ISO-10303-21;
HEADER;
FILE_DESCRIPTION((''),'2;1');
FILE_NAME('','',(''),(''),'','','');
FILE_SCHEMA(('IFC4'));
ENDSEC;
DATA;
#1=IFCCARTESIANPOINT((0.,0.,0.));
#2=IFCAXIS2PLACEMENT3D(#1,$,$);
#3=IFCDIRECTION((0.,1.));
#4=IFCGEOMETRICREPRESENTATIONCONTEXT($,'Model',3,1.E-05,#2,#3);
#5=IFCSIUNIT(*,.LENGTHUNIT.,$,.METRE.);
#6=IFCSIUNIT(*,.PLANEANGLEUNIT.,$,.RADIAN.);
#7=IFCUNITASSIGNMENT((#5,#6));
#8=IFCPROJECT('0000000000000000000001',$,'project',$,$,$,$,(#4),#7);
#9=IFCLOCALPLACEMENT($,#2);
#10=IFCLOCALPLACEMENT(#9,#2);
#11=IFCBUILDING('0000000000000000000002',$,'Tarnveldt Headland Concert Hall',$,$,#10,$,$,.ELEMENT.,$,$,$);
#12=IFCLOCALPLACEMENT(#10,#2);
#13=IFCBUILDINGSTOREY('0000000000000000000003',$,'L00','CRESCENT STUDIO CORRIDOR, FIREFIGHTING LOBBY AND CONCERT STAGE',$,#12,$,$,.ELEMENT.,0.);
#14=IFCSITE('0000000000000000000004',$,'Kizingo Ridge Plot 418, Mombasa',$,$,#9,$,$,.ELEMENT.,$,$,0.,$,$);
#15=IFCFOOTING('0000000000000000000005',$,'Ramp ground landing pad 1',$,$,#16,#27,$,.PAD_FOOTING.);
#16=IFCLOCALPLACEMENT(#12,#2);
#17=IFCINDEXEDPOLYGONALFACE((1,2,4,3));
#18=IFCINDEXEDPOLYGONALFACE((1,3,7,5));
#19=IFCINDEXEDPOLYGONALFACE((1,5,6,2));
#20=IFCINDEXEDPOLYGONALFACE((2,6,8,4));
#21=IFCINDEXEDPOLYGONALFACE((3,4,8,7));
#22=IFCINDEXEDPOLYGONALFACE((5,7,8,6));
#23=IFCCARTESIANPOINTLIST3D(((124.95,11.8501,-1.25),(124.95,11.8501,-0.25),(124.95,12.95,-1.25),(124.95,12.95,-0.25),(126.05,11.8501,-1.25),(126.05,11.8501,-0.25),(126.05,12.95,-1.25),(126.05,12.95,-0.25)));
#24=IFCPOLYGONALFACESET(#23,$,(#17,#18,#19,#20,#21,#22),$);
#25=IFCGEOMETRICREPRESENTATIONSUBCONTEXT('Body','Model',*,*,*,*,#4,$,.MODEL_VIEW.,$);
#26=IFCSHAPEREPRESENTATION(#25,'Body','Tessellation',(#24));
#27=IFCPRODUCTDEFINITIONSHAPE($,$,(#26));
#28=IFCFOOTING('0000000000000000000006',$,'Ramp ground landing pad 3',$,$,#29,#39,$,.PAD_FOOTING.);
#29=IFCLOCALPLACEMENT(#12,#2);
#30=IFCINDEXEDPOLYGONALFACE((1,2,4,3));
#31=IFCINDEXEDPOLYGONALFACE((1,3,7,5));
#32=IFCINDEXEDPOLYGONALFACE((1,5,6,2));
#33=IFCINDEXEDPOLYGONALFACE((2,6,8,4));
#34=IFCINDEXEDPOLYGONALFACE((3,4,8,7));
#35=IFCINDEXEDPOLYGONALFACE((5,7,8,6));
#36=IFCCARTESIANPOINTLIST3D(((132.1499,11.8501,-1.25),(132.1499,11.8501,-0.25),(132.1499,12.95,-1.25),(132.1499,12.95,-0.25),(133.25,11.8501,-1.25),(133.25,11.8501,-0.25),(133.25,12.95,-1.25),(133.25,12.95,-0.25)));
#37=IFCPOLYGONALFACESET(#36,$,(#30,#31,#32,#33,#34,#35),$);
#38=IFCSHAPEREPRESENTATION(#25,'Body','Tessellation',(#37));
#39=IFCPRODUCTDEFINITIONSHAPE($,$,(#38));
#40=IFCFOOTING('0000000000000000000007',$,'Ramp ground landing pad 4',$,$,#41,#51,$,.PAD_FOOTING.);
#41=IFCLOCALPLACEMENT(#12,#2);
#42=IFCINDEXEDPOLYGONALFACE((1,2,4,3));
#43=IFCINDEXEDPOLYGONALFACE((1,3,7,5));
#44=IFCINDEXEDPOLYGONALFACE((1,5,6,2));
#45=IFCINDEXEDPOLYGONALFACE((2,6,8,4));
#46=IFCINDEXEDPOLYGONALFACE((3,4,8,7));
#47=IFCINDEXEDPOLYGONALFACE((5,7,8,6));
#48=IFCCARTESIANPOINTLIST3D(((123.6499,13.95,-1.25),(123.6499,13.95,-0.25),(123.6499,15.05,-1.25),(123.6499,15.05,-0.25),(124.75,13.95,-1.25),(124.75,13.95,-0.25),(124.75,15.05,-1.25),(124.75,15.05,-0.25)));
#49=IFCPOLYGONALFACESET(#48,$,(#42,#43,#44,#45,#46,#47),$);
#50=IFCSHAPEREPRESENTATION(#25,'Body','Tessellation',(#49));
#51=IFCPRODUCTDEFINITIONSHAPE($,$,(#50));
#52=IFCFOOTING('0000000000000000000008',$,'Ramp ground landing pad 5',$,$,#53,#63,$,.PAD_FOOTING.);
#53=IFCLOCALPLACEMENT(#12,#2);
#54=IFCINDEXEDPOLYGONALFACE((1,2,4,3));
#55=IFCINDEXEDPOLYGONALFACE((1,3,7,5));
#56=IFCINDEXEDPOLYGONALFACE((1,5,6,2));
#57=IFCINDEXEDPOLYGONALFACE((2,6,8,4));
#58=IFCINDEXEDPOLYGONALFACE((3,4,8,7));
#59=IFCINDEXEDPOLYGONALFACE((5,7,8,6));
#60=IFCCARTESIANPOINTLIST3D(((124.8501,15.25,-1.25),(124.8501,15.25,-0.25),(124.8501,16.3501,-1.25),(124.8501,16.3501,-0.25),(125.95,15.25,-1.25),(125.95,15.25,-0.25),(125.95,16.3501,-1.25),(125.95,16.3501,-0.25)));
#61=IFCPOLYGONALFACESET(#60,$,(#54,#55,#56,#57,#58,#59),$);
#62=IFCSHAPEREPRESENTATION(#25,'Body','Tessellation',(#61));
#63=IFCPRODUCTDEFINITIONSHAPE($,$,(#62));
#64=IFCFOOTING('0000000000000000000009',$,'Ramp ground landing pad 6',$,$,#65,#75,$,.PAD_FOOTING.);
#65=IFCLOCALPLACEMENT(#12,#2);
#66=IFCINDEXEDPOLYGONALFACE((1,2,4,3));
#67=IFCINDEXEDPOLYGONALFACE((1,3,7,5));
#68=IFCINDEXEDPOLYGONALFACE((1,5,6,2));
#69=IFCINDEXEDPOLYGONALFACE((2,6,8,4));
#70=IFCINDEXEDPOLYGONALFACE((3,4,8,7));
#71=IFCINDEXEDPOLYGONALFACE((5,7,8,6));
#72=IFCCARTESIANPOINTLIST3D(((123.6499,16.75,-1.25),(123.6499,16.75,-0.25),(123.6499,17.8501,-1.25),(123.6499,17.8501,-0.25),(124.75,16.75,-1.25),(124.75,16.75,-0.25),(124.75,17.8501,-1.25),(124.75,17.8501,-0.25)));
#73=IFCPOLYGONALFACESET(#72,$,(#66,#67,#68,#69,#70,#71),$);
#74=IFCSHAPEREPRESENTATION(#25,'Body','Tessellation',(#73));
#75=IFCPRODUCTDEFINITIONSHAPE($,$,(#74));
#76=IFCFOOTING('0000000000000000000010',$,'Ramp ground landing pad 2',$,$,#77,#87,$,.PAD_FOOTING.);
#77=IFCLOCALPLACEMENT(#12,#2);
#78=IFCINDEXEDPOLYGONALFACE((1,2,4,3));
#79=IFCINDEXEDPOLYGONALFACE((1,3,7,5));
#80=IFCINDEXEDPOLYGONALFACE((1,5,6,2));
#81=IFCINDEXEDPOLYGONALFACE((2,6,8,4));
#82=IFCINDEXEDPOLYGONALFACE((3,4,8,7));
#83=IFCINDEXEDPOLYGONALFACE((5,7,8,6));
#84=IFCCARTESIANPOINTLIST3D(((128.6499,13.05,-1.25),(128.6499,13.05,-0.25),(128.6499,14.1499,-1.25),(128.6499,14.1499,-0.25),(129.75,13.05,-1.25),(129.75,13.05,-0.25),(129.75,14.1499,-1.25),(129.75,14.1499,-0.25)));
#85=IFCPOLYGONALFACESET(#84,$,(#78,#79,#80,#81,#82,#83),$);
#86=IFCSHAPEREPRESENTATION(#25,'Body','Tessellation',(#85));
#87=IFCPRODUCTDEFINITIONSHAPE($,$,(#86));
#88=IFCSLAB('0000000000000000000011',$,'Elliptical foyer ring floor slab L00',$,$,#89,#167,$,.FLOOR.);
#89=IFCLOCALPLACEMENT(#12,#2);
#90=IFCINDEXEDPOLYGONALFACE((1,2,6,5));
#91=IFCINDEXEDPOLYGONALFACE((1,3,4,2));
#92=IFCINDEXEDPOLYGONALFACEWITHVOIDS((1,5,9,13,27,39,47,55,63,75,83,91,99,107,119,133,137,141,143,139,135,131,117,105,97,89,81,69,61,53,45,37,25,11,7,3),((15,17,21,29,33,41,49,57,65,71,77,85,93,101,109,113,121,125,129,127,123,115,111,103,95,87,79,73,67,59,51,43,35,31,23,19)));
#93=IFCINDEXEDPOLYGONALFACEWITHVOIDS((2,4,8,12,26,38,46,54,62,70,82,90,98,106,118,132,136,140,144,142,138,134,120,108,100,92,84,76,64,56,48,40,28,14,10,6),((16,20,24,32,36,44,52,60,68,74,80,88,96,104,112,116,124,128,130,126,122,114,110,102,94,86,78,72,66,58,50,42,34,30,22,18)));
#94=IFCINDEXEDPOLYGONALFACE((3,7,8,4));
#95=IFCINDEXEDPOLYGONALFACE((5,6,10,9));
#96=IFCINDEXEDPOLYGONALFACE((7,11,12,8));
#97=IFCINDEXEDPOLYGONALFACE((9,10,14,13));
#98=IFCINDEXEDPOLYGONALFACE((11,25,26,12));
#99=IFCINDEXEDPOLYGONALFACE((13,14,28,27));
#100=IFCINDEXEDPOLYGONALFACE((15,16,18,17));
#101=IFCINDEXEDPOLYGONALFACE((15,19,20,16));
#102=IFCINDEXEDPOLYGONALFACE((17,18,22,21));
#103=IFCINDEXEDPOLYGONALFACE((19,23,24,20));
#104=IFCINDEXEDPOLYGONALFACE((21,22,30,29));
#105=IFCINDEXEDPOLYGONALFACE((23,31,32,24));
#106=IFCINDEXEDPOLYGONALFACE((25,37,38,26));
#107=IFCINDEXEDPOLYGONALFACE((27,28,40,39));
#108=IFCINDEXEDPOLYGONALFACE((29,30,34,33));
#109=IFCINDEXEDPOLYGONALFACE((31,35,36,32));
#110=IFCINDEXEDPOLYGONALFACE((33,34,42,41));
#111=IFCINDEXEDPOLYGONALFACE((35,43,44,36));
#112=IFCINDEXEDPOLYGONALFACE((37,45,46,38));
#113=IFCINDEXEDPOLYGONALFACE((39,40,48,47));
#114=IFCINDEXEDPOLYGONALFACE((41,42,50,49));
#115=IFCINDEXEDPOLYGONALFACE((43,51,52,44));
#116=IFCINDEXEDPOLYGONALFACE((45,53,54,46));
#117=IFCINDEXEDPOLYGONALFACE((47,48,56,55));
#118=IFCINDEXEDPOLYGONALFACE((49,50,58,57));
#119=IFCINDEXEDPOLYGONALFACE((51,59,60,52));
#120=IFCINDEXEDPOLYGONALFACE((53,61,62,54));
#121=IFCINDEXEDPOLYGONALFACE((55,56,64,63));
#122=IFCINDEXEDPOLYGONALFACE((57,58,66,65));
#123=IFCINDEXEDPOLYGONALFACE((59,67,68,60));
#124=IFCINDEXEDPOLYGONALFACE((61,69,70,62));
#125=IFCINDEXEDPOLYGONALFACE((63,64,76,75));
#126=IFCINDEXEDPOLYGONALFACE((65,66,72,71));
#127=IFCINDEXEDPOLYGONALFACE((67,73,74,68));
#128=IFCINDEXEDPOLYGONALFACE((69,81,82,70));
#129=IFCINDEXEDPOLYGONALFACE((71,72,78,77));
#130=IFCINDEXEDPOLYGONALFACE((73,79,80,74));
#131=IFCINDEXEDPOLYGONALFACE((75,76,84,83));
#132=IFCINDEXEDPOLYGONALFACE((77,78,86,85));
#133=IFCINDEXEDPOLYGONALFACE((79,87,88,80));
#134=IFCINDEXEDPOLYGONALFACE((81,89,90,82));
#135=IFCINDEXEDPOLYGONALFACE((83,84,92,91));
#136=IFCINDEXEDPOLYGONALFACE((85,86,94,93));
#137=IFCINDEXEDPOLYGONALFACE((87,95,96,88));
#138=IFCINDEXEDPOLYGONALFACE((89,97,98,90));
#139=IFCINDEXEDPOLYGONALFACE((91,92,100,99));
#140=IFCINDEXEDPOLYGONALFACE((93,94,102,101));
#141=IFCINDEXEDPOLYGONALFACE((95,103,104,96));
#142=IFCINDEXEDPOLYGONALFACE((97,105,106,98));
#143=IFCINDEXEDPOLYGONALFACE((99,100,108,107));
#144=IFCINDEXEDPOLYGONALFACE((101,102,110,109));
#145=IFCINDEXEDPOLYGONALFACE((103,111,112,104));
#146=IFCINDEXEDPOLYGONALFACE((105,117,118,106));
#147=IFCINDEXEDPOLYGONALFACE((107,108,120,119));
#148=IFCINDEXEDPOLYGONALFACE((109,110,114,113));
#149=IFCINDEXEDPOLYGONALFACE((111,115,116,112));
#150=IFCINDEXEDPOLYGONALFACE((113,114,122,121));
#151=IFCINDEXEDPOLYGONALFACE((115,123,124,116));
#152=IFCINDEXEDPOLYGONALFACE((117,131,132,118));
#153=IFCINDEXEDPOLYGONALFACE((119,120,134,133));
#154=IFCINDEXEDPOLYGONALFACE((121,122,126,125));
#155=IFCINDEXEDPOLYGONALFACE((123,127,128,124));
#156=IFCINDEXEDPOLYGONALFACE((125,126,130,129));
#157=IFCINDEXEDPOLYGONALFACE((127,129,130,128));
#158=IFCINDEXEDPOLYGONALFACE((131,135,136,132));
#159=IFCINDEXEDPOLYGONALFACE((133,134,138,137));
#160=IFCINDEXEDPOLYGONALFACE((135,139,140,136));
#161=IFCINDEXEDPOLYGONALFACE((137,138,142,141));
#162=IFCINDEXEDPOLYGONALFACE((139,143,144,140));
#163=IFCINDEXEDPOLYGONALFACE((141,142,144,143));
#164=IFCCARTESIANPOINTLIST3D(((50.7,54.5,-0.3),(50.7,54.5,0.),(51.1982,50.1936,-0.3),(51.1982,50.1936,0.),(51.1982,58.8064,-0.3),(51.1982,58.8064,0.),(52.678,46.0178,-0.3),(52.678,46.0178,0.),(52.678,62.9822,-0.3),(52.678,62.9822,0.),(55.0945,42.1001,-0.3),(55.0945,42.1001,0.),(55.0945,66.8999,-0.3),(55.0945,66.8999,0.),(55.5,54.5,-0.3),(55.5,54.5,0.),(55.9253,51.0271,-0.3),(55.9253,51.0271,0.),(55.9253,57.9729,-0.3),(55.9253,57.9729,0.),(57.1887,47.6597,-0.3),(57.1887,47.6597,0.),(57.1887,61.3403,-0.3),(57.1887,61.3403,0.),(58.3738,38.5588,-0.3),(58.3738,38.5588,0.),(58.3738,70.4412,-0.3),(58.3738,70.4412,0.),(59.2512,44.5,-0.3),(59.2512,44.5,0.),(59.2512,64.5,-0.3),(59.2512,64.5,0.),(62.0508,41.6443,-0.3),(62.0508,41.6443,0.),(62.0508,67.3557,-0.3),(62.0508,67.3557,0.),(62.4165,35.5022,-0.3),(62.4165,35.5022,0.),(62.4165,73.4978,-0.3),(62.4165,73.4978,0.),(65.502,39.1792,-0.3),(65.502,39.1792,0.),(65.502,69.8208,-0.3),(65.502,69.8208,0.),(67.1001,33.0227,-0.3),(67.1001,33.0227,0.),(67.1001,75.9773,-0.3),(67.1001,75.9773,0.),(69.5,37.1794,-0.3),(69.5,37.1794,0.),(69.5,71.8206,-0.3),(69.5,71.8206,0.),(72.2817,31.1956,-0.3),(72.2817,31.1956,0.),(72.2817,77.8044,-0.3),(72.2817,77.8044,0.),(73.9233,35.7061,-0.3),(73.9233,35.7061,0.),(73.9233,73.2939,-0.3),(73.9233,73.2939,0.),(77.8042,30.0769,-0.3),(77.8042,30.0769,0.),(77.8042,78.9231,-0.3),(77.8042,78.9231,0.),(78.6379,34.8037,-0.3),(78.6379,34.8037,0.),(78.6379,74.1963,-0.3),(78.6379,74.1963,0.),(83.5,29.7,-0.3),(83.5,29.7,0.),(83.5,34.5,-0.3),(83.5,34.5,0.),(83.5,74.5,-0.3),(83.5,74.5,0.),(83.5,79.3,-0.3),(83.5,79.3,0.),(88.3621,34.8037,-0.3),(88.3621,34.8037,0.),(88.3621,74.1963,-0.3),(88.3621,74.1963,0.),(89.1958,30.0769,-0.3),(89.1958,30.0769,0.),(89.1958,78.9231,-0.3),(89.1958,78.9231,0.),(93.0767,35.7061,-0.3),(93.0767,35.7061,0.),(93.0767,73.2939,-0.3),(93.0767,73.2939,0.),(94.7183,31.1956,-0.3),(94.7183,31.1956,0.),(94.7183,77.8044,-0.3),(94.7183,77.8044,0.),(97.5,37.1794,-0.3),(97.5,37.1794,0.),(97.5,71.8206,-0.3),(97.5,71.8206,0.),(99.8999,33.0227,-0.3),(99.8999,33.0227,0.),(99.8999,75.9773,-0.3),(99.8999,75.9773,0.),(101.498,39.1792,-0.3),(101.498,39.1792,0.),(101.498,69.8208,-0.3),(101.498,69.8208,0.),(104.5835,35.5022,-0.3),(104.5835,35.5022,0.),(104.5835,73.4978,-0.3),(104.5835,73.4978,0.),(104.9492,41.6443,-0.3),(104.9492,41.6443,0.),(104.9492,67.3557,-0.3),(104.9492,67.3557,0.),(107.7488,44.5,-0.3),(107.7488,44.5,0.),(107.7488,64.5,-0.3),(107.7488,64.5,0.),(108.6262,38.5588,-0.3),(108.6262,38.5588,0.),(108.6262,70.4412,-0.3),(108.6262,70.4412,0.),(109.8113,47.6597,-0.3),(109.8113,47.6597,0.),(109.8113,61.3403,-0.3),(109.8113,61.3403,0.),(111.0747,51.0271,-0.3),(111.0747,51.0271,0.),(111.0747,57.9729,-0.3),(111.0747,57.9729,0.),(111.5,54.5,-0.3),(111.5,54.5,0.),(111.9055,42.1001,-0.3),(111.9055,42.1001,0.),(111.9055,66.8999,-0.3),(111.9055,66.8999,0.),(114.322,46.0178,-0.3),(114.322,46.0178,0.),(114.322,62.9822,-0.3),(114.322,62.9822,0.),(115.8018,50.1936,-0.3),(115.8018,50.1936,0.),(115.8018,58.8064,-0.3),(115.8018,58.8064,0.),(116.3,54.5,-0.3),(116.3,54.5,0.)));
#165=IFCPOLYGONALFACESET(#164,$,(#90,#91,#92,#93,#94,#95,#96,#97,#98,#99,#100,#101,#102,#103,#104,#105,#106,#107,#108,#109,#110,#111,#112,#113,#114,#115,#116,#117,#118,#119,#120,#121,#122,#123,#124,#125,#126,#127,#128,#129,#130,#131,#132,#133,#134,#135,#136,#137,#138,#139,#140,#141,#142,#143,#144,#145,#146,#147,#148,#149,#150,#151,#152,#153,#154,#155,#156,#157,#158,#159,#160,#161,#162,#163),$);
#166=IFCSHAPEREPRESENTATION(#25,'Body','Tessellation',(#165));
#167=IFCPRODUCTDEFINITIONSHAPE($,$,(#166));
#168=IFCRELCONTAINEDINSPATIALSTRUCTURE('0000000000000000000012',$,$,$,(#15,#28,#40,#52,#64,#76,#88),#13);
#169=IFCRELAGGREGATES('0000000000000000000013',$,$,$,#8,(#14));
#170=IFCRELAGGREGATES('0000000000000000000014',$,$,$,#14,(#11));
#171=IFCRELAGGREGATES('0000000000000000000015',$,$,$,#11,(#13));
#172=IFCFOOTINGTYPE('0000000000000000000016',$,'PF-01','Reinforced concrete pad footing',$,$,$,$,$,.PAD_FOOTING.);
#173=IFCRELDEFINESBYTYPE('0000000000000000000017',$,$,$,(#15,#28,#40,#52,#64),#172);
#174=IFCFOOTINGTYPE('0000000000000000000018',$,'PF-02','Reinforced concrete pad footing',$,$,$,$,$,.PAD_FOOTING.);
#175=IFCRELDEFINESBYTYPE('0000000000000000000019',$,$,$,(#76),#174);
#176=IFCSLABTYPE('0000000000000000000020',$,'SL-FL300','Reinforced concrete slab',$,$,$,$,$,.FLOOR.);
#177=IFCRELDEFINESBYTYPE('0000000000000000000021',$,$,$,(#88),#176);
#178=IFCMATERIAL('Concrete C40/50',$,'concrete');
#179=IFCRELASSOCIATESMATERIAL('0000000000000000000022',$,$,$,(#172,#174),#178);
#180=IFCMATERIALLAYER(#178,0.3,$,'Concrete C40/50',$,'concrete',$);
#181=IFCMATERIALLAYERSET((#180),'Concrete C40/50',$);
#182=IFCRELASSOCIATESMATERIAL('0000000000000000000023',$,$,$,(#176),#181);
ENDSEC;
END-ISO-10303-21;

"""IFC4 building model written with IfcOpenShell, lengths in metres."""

from ifc_helpers import new_model, si_unit, direction, frame, origin, place, context, subcontext, project, spatial, polyline, outline, extrude, material, layer, layer_set, type_object, element, save


model = new_model("IFC4")

# Units and contexts
model_context = context("Model", 3, precision=1e-05, world=origin(), true_north=direction((0.0, 1.0)))
body_context = subcontext(model_context, "Body", "Model", "MODEL_VIEW")
ifc_project = project(units=[si_unit("LENGTHUNIT", "METRE"), si_unit("PLANEANGLEUNIT", "RADIAN")], contexts=[model_context])

# Site, building, storey
site_placement = place(None, origin())
site = spatial("IfcSite", under=ifc_project, at=site_placement, Name="Kizingo Ridge Plot 418, Mombasa", CompositionType="ELEMENT", RefElevation=0.0)
building_placement = place(site_placement, origin())
building = spatial("IfcBuilding", under=site, at=building_placement, Name="Tarnveldt Headland Concert Hall", CompositionType="ELEMENT")
storey_placement = place(building_placement, origin())
storey = spatial("IfcBuildingStorey", under=building, at=storey_placement, Name="L00", Description="CRESCENT STUDIO CORRIDOR, FIREFIGHTING LOBBY AND CONCERT STAGE", CompositionType="ELEMENT", Elevation=0.0)

# Footings
ifc_material_1 = material(Name="Concrete C40/50", Category="concrete")
footing_type_1 = type_object("IfcFootingType", Name="PF-01", Description="Reinforced concrete pad footing", PredefinedType="PAD_FOOTING", material=ifc_material_1)
footing_1_placement = place(storey_placement, frame((0.0, 0.0, -1.25)))
element("IfcFooting", 1, at=footing_1_placement, inside=storey, type_object=footing_type_1, Name="Ramp ground landing pad 1", PredefinedType="PAD_FOOTING", context=body_context, shape_type="SweptSolid", body=[
    extrude(outline(polyline([(126.05, 11.8501), (126.05, 12.95), (124.95, 12.95), (124.95, 11.8501), (126.05, 11.8501)])), origin(), (0.0, 0.0, 1.0), 1.0),
])
footing_2_placement = place(storey_placement, frame((0.0, 0.0, -1.25)))
element("IfcFooting", 2, at=footing_2_placement, inside=storey, type_object=footing_type_1, Name="Ramp ground landing pad 3", PredefinedType="PAD_FOOTING", context=body_context, shape_type="SweptSolid", body=[
    extrude(outline(polyline([(133.25, 11.8501), (133.25, 12.95), (132.1499, 12.95), (132.1499, 11.8501), (133.25, 11.8501)])), origin(), (0.0, 0.0, 1.0), 1.0),
])
footing_3_placement = place(storey_placement, frame((0.0, 0.0, -1.25)))
element("IfcFooting", 3, at=footing_3_placement, inside=storey, type_object=footing_type_1, Name="Ramp ground landing pad 4", PredefinedType="PAD_FOOTING", context=body_context, shape_type="SweptSolid", body=[
    extrude(outline(polyline([(124.75, 13.95), (124.75, 15.05), (123.6499, 15.05), (123.6499, 13.95), (124.75, 13.95)])), origin(), (0.0, 0.0, 1.0), 1.0),
])
footing_4_placement = place(storey_placement, frame((0.0, 0.0, -1.25)))
element("IfcFooting", 4, at=footing_4_placement, inside=storey, type_object=footing_type_1, Name="Ramp ground landing pad 5", PredefinedType="PAD_FOOTING", context=body_context, shape_type="SweptSolid", body=[
    extrude(outline(polyline([(125.95, 15.25), (125.95, 16.3501), (124.8501, 16.3501), (124.8501, 15.25), (125.95, 15.25)])), origin(), (0.0, 0.0, 1.0), 1.0),
])
footing_5_placement = place(storey_placement, frame((0.0, 0.0, -1.25)))
element("IfcFooting", 5, at=footing_5_placement, inside=storey, type_object=footing_type_1, Name="Ramp ground landing pad 6", PredefinedType="PAD_FOOTING", context=body_context, shape_type="SweptSolid", body=[
    extrude(outline(polyline([(124.75, 16.75), (124.75, 17.8501), (123.6499, 17.8501), (123.6499, 16.75), (124.75, 16.75)])), origin(), (0.0, 0.0, 1.0), 1.0),
])
footing_type_2 = type_object("IfcFootingType", Name="PF-02", Description="Reinforced concrete pad footing", PredefinedType="PAD_FOOTING", material=ifc_material_1)
footing_6_placement = place(storey_placement, frame((0.0, 0.0, -1.25)))
element("IfcFooting", 6, at=footing_6_placement, inside=storey, type_object=footing_type_2, Name="Ramp ground landing pad 2", PredefinedType="PAD_FOOTING", context=body_context, shape_type="SweptSolid", body=[
    extrude(outline(polyline([(129.75, 13.05), (129.75, 14.1499), (128.6499, 14.1499), (128.6499, 13.05), (129.75, 13.05)])), origin(), (0.0, 0.0, 1.0), 1.0),
])

# Slab
ifc_layer_1 = layer(ifc_material_1, 0.3, Name="Concrete C40/50", Category="concrete")
ifc_layer_set_1 = layer_set([ifc_layer_1], Name="Concrete C40/50")
slab_type_1 = type_object("IfcSlabType", Name="SL-FL300", Description="Reinforced concrete slab", PredefinedType="FLOOR", material=ifc_layer_set_1)
slab_1_placement = place(storey_placement, frame((0.0, 0.0, -0.3)))
element("IfcSlab", 7, at=slab_1_placement, inside=storey, type_object=slab_type_1, Name="Elliptical foyer ring floor slab L00", PredefinedType="FLOOR", context=body_context, shape_type="SweptSolid", body=[
    extrude(outline(polyline([(115.8018, 50.1936), (116.3, 54.5), (115.8018, 58.8064), (114.322, 62.9822), (111.9055, 66.8999), (108.6262, 70.4412), (104.5835, 73.4978), (99.8999, 75.9773), (94.7183, 77.8044), (89.1958, 78.9231), (83.5, 79.3), (77.8042, 78.9231), (72.2817, 77.8044), (67.1001, 75.9773), (62.4165, 73.4978), (58.3738, 70.4412), (55.0945, 66.8999), (52.678, 62.9822), (51.1982, 58.8064), (50.7, 54.5), (51.1982, 50.1936), (52.678, 46.0178), (55.0945, 42.1001), (58.3738, 38.5588), (62.4165, 35.5022), (67.1001, 33.0227), (72.2817, 31.1956), (77.8042, 30.0769), (83.5, 29.7), (89.1958, 30.0769), (94.7183, 31.1956), (99.8999, 33.0227), (104.5835, 35.5022), (108.6262, 38.5588), (111.9055, 42.1001), (114.322, 46.0178), (115.8018, 50.1936)]), holes=[polyline([(111.0747, 57.9729), (111.5, 54.5), (111.0747, 51.0271), (109.8113, 47.6597), (107.7488, 44.5), (104.9492, 41.6443), (101.498, 39.1792), (97.5, 37.1794), (93.0767, 35.7061), (88.3621, 34.8037), (83.5, 34.5), (78.6379, 34.8037), (73.9233, 35.7061), (69.5, 37.1794), (65.502, 39.1792), (62.0508, 41.6443), (59.2512, 44.5), (57.1887, 47.6597), (55.9253, 51.0271), (55.5, 54.5), (55.9253, 57.9729), (57.1887, 61.3403), (59.2512, 64.5), (62.0508, 67.3557), (65.502, 69.8208), (69.5, 71.8206), (73.9233, 73.2939), (78.6379, 74.1963), (83.5, 74.5), (88.3621, 74.1963), (93.0767, 73.2939), (97.5, 71.8206), (101.498, 69.8208), (104.9492, 67.3557), (107.7488, 64.5), (109.8113, 61.3403), (111.0747, 57.9729)])]), origin(), (0.0, 0.0, 1.0), 0.3),
])

save(model, "model.ifc")
